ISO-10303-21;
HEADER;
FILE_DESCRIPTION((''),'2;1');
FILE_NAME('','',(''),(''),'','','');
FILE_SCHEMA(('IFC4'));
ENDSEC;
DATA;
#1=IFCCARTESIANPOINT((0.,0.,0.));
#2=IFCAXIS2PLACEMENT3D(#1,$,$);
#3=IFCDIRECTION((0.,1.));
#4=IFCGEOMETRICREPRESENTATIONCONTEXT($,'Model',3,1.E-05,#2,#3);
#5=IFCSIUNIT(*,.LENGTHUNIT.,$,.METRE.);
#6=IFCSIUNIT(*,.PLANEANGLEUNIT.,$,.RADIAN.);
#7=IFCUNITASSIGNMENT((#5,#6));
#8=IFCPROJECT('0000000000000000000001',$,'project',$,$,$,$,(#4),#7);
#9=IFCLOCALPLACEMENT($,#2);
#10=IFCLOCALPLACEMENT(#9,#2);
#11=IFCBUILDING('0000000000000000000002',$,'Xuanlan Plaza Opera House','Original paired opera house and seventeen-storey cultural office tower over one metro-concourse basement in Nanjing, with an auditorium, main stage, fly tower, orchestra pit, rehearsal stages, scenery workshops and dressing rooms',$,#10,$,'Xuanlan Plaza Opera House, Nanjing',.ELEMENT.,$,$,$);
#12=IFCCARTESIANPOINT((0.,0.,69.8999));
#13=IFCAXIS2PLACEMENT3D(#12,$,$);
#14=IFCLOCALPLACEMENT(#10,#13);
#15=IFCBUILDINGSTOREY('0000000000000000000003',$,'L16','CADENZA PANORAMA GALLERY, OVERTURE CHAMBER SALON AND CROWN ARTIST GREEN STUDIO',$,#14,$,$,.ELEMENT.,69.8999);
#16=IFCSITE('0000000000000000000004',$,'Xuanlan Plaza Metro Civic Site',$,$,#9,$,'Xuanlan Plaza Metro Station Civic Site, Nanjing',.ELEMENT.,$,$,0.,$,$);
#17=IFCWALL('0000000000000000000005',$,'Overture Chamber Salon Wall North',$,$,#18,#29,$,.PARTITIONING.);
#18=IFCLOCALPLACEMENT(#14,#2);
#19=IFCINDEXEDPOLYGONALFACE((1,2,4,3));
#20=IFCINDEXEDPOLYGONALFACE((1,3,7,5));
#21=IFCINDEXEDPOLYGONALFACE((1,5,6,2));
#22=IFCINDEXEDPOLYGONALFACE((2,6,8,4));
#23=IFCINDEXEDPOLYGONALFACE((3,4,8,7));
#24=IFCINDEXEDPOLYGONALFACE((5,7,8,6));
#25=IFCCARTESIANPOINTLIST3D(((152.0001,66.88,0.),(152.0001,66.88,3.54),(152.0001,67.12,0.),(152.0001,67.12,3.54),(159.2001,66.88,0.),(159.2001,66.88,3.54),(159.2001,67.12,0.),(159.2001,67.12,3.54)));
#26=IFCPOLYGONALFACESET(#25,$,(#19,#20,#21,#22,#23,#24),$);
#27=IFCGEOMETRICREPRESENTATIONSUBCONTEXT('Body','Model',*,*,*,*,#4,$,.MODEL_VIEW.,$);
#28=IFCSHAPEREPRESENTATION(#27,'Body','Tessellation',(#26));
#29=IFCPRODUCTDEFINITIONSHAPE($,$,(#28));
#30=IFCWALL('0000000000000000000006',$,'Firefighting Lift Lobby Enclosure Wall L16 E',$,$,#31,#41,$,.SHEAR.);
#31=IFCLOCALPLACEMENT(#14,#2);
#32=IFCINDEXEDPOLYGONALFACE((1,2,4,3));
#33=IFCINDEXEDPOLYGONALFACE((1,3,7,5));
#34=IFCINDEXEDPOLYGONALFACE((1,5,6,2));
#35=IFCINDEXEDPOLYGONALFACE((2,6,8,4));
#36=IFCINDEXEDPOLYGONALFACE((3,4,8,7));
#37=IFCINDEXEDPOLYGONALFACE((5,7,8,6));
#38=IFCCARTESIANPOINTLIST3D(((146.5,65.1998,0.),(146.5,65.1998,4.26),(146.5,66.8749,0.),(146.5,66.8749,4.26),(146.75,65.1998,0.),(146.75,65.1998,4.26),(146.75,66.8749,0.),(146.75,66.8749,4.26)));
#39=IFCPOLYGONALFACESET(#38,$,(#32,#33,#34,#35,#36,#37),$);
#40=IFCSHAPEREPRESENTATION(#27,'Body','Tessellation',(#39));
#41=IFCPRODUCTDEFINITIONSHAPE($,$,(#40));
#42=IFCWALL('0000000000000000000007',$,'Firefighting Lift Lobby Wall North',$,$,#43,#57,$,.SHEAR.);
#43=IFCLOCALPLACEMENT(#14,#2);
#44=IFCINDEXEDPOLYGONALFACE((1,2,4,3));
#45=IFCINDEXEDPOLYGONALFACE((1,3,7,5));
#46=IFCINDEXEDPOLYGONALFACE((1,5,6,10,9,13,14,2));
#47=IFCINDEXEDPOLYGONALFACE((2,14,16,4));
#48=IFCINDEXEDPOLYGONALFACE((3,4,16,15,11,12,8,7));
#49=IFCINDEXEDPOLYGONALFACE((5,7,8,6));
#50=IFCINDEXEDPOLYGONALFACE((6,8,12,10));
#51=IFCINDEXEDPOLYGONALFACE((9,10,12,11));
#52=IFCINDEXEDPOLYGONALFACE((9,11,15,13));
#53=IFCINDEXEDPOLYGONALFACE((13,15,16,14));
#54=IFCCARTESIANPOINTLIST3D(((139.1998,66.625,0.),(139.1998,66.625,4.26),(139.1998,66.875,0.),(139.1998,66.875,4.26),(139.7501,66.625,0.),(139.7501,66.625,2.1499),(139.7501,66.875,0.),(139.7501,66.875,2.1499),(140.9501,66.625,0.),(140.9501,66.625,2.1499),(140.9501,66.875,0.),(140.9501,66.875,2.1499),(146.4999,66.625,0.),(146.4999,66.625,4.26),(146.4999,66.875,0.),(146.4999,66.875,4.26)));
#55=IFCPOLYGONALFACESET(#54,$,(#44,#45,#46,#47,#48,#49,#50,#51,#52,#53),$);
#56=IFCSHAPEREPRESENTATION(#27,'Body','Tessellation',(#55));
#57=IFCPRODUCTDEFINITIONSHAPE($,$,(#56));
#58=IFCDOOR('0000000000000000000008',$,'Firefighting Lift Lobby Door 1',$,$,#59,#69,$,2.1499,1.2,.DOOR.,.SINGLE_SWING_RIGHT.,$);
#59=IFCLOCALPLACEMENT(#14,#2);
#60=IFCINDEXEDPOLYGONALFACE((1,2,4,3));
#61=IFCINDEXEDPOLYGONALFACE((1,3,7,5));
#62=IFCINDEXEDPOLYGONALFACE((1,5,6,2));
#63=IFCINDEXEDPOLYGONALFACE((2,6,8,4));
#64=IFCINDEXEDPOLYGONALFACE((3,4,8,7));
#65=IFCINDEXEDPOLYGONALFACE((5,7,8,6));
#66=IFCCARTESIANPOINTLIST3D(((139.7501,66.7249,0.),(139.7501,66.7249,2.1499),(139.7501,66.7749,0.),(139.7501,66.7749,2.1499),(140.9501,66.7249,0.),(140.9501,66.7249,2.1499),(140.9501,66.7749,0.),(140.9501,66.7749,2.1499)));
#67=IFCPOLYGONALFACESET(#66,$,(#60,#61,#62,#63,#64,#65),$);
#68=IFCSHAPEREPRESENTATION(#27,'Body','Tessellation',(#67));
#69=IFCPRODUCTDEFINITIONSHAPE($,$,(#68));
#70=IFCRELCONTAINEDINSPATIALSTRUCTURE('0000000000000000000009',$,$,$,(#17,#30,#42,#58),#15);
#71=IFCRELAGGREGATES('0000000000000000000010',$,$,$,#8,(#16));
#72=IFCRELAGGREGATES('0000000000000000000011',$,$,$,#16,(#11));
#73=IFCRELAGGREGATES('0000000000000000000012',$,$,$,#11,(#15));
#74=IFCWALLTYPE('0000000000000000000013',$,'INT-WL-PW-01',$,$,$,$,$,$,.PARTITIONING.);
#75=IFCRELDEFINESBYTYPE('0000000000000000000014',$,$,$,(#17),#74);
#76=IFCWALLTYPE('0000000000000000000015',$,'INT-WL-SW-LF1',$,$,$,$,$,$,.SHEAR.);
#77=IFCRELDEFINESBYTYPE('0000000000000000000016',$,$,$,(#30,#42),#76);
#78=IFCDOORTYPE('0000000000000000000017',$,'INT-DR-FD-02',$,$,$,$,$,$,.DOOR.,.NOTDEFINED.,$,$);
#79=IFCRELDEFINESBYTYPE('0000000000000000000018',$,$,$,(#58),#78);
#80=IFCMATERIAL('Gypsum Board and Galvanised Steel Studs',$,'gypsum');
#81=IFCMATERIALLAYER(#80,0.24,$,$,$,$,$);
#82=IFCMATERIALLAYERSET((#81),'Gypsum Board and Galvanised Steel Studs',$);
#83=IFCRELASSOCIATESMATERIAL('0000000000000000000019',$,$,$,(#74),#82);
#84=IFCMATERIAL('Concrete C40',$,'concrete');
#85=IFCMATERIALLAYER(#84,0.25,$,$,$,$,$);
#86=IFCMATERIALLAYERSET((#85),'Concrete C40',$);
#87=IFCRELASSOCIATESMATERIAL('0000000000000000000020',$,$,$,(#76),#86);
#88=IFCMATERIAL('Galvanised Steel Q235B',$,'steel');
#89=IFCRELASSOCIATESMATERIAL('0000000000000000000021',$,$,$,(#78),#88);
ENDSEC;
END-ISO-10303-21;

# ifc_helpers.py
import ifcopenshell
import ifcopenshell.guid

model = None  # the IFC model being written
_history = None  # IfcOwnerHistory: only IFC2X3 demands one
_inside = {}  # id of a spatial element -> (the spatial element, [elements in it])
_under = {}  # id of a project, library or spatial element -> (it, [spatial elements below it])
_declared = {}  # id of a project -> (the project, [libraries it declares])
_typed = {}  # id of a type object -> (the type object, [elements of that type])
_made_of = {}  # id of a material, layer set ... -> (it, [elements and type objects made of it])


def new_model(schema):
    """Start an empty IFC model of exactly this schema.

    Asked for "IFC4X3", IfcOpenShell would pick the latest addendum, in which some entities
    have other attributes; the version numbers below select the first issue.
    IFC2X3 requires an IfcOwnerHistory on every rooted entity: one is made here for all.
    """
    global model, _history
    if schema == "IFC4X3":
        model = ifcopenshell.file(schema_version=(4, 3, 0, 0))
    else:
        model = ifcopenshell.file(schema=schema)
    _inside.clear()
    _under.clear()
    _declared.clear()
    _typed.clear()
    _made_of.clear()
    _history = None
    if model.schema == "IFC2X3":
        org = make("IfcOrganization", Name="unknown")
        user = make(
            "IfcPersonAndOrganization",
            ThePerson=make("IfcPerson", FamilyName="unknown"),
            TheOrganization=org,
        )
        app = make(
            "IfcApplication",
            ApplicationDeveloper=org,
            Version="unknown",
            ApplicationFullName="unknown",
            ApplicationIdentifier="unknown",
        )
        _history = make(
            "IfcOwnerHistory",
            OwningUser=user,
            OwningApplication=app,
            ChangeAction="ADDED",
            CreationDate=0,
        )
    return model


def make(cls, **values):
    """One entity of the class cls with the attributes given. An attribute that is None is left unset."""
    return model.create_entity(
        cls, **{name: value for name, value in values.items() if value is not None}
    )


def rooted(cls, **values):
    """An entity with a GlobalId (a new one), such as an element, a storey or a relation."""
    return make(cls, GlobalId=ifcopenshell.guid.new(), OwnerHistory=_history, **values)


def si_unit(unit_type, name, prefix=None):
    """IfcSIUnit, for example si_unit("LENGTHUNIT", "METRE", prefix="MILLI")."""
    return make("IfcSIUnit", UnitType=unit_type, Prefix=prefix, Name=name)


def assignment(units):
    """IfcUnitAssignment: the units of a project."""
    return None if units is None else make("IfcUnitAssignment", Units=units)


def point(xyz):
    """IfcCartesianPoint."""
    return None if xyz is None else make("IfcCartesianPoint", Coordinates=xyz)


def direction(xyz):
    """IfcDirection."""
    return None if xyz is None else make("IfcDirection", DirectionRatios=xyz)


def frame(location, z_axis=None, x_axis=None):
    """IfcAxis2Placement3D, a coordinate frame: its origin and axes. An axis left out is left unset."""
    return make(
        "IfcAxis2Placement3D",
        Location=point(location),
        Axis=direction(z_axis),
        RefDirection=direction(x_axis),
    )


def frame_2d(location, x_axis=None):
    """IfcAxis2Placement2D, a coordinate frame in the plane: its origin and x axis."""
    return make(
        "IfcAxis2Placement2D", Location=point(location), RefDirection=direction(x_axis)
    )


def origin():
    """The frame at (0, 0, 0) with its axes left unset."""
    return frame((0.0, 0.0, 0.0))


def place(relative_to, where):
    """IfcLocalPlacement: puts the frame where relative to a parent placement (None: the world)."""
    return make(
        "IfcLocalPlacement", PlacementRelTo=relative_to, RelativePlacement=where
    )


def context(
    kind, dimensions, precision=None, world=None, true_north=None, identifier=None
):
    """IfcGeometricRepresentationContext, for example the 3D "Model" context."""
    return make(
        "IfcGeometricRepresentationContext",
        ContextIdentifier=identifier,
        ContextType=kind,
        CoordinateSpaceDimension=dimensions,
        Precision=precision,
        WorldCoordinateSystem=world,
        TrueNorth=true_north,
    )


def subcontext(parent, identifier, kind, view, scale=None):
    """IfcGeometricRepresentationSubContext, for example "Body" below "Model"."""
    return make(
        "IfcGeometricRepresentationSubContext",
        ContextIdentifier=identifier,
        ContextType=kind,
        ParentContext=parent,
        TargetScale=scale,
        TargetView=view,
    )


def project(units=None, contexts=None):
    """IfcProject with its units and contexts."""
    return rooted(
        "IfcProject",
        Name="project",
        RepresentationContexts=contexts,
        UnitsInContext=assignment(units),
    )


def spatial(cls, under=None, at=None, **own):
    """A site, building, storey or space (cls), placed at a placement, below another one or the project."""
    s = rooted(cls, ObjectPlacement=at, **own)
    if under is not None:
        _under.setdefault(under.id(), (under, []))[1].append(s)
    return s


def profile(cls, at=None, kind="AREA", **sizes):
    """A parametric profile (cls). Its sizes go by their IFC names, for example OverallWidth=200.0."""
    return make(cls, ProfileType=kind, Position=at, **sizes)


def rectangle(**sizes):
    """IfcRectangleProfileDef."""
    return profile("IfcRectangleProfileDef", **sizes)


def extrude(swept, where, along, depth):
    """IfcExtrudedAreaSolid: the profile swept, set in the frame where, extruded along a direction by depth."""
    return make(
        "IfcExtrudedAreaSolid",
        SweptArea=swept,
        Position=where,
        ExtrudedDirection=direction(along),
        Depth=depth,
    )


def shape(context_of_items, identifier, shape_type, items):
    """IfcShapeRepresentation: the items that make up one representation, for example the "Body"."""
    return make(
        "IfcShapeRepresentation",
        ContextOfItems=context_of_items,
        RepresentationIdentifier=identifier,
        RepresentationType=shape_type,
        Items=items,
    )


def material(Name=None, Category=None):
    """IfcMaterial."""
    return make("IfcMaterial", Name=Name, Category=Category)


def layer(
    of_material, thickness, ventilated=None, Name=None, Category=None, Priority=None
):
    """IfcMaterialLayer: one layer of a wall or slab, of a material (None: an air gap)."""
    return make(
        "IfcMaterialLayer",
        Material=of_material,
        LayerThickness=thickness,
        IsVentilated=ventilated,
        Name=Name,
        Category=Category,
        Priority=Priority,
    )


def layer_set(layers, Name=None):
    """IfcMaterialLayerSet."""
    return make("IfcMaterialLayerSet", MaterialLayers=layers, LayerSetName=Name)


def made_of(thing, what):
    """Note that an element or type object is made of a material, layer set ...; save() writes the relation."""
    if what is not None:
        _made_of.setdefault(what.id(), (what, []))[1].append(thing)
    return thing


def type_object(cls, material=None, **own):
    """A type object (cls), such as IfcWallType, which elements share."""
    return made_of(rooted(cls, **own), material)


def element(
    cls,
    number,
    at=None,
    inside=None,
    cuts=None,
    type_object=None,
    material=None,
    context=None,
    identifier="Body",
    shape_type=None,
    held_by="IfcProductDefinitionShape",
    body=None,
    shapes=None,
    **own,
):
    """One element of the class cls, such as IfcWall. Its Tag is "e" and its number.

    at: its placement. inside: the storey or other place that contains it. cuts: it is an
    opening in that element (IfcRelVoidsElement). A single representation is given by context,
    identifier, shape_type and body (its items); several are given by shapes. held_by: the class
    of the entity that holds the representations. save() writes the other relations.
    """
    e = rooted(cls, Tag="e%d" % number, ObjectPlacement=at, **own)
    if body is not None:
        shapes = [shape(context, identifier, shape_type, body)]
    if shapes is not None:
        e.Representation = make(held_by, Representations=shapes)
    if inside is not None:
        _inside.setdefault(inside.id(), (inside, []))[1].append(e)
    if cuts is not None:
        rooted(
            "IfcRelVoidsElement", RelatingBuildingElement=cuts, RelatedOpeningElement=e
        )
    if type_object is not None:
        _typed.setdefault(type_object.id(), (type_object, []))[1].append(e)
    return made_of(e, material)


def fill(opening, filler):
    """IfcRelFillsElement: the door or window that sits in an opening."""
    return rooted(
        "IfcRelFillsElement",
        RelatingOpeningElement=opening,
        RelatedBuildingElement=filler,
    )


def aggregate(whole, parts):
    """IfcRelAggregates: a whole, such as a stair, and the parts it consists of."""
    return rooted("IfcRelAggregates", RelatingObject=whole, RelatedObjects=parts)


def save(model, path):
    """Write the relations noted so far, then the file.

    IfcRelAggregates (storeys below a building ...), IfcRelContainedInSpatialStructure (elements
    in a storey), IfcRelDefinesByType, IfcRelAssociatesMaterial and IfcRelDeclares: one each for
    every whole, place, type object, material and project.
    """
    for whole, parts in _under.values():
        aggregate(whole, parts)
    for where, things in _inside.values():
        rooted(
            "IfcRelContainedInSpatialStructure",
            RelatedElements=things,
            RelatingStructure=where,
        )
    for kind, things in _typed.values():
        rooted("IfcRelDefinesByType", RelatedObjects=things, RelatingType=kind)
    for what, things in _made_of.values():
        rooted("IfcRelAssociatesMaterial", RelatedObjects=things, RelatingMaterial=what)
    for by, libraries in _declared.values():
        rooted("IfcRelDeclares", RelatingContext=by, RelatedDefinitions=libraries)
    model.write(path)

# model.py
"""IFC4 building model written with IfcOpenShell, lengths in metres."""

from ifc_helpers import new_model, si_unit, direction, frame, frame_2d, origin, place, context, subcontext, project, spatial, rectangle, extrude, material, layer, layer_set, type_object, element, fill, save


model = new_model("IFC4")

# Units and contexts
model_context = context("Model", 3, precision=1e-05, world=origin(), true_north=direction((0.0, 1.0)))
body_context = subcontext(model_context, "Body", "Model", "MODEL_VIEW")
ifc_project = project(units=[si_unit("LENGTHUNIT", "METRE"), si_unit("PLANEANGLEUNIT", "RADIAN")], contexts=[model_context])

# Site, building, storey
site_placement = place(None, origin())
site = spatial("IfcSite", under=ifc_project, at=site_placement, Name="Xuanlan Plaza Metro Civic Site", LongName="Xuanlan Plaza Metro Station Civic Site, Nanjing", CompositionType="ELEMENT", RefElevation=0.0)
building_placement = place(site_placement, origin())
building = spatial("IfcBuilding", under=site, at=building_placement, Name="Xuanlan Plaza Opera House", Description="Original paired opera house and seventeen-storey cultural office tower over one metro-concourse basement in Nanjing, with an auditorium, main stage, fly tower, orchestra pit, rehearsal stages, scenery workshops and dressing rooms", LongName="Xuanlan Plaza Opera House, Nanjing", CompositionType="ELEMENT")
storey_placement = place(building_placement, frame((0.0, 0.0, 69.8999)))
storey = spatial("IfcBuildingStorey", under=building, at=storey_placement, Name="L16", Description="CADENZA PANORAMA GALLERY, OVERTURE CHAMBER SALON AND CROWN ARTIST GREEN STUDIO", CompositionType="ELEMENT", Elevation=69.8999)

# Shared definitions
ifc_material_1 = material(Name="Concrete C40", Category="concrete")

# Walls
ifc_material_2 = material(Name="Gypsum Board and Galvanised Steel Studs", Category="gypsum")
ifc_layer_1 = layer(ifc_material_2, 0.24)
ifc_layer_set_1 = layer_set([ifc_layer_1], Name="Gypsum Board and Galvanised Steel Studs")
wall_type_1 = type_object("IfcWallType", Name="INT-WL-PW-01", PredefinedType="PARTITIONING", material=ifc_layer_set_1)
wall_1_placement = place(storey_placement, frame((152.0, 67.0, 0.0), z_axis=(0.0, 0.0, 1.0), x_axis=(1.0, 0.0, 0.0)))
element("IfcWall", 1, at=wall_1_placement, inside=storey, type_object=wall_type_1, Name="Overture Chamber Salon Wall North", PredefinedType="PARTITIONING", context=body_context, shape_type="SweptSolid", body=[
    extrude(rectangle(XDim=7.2, YDim=0.24, at=frame_2d((3.6001, 0.0))), origin(), (0.0, 0.0, 1.0), 3.54),
])
ifc_layer_2 = layer(ifc_material_1, 0.25)
ifc_layer_set_2 = layer_set([ifc_layer_2], Name="Concrete C40")
wall_type_2 = type_object("IfcWallType", Name="INT-WL-SW-LF1", PredefinedType="SHEAR", material=ifc_layer_set_2)
wall_2_placement = place(storey_placement, frame((146.625, 65.2, 0.0), z_axis=(0.0, 0.0, 1.0), x_axis=(0.0, 1.0, 0.0)))
element("IfcWall", 2, at=wall_2_placement, inside=storey, type_object=wall_type_2, Name="Firefighting Lift Lobby Enclosure Wall L16 E", PredefinedType="SHEAR", context=body_context, shape_type="SweptSolid", body=[
    extrude(rectangle(XDim=1.675, YDim=0.25, at=frame_2d((0.8374, 0.0))), origin(), (0.0, 0.0, 1.0), 4.26),
])

# Wall, opening, door
wall_3_placement = place(storey_placement, frame((139.2, 66.75, 0.0), z_axis=(0.0, 0.0, 1.0), x_axis=(1.0, 0.0, 0.0)))
wall_3 = element("IfcWall", 3, at=wall_3_placement, inside=storey, type_object=wall_type_2, Name="Firefighting Lift Lobby Wall North", PredefinedType="SHEAR", context=body_context, shape_type="SweptSolid", body=[
    extrude(rectangle(XDim=7.3, YDim=0.25, at=frame_2d((3.6499, 0.0))), origin(), (0.0, 0.0, 1.0), 4.26),
])
opening_1_placement = place(wall_3_placement, frame((0.55, 0.0, 0.0)))
opening_1 = element("IfcOpeningElement", 4, at=opening_1_placement, cuts=wall_3, PredefinedType="OPENING", context=body_context, shape_type="SweptSolid", body=[
    extrude(rectangle(XDim=1.2, YDim=2.1499, at=frame_2d((0.6001, 1.075))), frame((0.0, 0.135, 0.0), z_axis=(0.0, -1.0, 0.0), x_axis=(1.0, 0.0, 0.0)), (0.0, 0.0, 1.0), 0.27),
])
ifc_material_3 = material(Name="Galvanised Steel Q235B", Category="steel")
door_type_1 = type_object("IfcDoorType", Name="INT-DR-FD-02", OperationType="NOTDEFINED", PredefinedType="DOOR", material=ifc_material_3)
door_1_placement = place(opening_1_placement, origin())
door_1 = element("IfcDoor", 5, at=door_1_placement, inside=storey, type_object=door_type_1, Name="Firefighting Lift Lobby Door 1", OperationType="SINGLE_SWING_RIGHT", OverallHeight=2.1499, OverallWidth=1.2, PredefinedType="DOOR", context=body_context, shape_type="SweptSolid", body=[
    extrude(rectangle(XDim=1.2, YDim=2.1499, at=frame_2d((0.6001, 1.075))), frame((0.0, 0.0249, 0.0), z_axis=(0.0, -1.0, 0.0), x_axis=(1.0, 0.0, 0.0)), (0.0, 0.0, 1.0), 0.05),
])
fill(opening_1, door_1)

save(model, "model.ifc")
